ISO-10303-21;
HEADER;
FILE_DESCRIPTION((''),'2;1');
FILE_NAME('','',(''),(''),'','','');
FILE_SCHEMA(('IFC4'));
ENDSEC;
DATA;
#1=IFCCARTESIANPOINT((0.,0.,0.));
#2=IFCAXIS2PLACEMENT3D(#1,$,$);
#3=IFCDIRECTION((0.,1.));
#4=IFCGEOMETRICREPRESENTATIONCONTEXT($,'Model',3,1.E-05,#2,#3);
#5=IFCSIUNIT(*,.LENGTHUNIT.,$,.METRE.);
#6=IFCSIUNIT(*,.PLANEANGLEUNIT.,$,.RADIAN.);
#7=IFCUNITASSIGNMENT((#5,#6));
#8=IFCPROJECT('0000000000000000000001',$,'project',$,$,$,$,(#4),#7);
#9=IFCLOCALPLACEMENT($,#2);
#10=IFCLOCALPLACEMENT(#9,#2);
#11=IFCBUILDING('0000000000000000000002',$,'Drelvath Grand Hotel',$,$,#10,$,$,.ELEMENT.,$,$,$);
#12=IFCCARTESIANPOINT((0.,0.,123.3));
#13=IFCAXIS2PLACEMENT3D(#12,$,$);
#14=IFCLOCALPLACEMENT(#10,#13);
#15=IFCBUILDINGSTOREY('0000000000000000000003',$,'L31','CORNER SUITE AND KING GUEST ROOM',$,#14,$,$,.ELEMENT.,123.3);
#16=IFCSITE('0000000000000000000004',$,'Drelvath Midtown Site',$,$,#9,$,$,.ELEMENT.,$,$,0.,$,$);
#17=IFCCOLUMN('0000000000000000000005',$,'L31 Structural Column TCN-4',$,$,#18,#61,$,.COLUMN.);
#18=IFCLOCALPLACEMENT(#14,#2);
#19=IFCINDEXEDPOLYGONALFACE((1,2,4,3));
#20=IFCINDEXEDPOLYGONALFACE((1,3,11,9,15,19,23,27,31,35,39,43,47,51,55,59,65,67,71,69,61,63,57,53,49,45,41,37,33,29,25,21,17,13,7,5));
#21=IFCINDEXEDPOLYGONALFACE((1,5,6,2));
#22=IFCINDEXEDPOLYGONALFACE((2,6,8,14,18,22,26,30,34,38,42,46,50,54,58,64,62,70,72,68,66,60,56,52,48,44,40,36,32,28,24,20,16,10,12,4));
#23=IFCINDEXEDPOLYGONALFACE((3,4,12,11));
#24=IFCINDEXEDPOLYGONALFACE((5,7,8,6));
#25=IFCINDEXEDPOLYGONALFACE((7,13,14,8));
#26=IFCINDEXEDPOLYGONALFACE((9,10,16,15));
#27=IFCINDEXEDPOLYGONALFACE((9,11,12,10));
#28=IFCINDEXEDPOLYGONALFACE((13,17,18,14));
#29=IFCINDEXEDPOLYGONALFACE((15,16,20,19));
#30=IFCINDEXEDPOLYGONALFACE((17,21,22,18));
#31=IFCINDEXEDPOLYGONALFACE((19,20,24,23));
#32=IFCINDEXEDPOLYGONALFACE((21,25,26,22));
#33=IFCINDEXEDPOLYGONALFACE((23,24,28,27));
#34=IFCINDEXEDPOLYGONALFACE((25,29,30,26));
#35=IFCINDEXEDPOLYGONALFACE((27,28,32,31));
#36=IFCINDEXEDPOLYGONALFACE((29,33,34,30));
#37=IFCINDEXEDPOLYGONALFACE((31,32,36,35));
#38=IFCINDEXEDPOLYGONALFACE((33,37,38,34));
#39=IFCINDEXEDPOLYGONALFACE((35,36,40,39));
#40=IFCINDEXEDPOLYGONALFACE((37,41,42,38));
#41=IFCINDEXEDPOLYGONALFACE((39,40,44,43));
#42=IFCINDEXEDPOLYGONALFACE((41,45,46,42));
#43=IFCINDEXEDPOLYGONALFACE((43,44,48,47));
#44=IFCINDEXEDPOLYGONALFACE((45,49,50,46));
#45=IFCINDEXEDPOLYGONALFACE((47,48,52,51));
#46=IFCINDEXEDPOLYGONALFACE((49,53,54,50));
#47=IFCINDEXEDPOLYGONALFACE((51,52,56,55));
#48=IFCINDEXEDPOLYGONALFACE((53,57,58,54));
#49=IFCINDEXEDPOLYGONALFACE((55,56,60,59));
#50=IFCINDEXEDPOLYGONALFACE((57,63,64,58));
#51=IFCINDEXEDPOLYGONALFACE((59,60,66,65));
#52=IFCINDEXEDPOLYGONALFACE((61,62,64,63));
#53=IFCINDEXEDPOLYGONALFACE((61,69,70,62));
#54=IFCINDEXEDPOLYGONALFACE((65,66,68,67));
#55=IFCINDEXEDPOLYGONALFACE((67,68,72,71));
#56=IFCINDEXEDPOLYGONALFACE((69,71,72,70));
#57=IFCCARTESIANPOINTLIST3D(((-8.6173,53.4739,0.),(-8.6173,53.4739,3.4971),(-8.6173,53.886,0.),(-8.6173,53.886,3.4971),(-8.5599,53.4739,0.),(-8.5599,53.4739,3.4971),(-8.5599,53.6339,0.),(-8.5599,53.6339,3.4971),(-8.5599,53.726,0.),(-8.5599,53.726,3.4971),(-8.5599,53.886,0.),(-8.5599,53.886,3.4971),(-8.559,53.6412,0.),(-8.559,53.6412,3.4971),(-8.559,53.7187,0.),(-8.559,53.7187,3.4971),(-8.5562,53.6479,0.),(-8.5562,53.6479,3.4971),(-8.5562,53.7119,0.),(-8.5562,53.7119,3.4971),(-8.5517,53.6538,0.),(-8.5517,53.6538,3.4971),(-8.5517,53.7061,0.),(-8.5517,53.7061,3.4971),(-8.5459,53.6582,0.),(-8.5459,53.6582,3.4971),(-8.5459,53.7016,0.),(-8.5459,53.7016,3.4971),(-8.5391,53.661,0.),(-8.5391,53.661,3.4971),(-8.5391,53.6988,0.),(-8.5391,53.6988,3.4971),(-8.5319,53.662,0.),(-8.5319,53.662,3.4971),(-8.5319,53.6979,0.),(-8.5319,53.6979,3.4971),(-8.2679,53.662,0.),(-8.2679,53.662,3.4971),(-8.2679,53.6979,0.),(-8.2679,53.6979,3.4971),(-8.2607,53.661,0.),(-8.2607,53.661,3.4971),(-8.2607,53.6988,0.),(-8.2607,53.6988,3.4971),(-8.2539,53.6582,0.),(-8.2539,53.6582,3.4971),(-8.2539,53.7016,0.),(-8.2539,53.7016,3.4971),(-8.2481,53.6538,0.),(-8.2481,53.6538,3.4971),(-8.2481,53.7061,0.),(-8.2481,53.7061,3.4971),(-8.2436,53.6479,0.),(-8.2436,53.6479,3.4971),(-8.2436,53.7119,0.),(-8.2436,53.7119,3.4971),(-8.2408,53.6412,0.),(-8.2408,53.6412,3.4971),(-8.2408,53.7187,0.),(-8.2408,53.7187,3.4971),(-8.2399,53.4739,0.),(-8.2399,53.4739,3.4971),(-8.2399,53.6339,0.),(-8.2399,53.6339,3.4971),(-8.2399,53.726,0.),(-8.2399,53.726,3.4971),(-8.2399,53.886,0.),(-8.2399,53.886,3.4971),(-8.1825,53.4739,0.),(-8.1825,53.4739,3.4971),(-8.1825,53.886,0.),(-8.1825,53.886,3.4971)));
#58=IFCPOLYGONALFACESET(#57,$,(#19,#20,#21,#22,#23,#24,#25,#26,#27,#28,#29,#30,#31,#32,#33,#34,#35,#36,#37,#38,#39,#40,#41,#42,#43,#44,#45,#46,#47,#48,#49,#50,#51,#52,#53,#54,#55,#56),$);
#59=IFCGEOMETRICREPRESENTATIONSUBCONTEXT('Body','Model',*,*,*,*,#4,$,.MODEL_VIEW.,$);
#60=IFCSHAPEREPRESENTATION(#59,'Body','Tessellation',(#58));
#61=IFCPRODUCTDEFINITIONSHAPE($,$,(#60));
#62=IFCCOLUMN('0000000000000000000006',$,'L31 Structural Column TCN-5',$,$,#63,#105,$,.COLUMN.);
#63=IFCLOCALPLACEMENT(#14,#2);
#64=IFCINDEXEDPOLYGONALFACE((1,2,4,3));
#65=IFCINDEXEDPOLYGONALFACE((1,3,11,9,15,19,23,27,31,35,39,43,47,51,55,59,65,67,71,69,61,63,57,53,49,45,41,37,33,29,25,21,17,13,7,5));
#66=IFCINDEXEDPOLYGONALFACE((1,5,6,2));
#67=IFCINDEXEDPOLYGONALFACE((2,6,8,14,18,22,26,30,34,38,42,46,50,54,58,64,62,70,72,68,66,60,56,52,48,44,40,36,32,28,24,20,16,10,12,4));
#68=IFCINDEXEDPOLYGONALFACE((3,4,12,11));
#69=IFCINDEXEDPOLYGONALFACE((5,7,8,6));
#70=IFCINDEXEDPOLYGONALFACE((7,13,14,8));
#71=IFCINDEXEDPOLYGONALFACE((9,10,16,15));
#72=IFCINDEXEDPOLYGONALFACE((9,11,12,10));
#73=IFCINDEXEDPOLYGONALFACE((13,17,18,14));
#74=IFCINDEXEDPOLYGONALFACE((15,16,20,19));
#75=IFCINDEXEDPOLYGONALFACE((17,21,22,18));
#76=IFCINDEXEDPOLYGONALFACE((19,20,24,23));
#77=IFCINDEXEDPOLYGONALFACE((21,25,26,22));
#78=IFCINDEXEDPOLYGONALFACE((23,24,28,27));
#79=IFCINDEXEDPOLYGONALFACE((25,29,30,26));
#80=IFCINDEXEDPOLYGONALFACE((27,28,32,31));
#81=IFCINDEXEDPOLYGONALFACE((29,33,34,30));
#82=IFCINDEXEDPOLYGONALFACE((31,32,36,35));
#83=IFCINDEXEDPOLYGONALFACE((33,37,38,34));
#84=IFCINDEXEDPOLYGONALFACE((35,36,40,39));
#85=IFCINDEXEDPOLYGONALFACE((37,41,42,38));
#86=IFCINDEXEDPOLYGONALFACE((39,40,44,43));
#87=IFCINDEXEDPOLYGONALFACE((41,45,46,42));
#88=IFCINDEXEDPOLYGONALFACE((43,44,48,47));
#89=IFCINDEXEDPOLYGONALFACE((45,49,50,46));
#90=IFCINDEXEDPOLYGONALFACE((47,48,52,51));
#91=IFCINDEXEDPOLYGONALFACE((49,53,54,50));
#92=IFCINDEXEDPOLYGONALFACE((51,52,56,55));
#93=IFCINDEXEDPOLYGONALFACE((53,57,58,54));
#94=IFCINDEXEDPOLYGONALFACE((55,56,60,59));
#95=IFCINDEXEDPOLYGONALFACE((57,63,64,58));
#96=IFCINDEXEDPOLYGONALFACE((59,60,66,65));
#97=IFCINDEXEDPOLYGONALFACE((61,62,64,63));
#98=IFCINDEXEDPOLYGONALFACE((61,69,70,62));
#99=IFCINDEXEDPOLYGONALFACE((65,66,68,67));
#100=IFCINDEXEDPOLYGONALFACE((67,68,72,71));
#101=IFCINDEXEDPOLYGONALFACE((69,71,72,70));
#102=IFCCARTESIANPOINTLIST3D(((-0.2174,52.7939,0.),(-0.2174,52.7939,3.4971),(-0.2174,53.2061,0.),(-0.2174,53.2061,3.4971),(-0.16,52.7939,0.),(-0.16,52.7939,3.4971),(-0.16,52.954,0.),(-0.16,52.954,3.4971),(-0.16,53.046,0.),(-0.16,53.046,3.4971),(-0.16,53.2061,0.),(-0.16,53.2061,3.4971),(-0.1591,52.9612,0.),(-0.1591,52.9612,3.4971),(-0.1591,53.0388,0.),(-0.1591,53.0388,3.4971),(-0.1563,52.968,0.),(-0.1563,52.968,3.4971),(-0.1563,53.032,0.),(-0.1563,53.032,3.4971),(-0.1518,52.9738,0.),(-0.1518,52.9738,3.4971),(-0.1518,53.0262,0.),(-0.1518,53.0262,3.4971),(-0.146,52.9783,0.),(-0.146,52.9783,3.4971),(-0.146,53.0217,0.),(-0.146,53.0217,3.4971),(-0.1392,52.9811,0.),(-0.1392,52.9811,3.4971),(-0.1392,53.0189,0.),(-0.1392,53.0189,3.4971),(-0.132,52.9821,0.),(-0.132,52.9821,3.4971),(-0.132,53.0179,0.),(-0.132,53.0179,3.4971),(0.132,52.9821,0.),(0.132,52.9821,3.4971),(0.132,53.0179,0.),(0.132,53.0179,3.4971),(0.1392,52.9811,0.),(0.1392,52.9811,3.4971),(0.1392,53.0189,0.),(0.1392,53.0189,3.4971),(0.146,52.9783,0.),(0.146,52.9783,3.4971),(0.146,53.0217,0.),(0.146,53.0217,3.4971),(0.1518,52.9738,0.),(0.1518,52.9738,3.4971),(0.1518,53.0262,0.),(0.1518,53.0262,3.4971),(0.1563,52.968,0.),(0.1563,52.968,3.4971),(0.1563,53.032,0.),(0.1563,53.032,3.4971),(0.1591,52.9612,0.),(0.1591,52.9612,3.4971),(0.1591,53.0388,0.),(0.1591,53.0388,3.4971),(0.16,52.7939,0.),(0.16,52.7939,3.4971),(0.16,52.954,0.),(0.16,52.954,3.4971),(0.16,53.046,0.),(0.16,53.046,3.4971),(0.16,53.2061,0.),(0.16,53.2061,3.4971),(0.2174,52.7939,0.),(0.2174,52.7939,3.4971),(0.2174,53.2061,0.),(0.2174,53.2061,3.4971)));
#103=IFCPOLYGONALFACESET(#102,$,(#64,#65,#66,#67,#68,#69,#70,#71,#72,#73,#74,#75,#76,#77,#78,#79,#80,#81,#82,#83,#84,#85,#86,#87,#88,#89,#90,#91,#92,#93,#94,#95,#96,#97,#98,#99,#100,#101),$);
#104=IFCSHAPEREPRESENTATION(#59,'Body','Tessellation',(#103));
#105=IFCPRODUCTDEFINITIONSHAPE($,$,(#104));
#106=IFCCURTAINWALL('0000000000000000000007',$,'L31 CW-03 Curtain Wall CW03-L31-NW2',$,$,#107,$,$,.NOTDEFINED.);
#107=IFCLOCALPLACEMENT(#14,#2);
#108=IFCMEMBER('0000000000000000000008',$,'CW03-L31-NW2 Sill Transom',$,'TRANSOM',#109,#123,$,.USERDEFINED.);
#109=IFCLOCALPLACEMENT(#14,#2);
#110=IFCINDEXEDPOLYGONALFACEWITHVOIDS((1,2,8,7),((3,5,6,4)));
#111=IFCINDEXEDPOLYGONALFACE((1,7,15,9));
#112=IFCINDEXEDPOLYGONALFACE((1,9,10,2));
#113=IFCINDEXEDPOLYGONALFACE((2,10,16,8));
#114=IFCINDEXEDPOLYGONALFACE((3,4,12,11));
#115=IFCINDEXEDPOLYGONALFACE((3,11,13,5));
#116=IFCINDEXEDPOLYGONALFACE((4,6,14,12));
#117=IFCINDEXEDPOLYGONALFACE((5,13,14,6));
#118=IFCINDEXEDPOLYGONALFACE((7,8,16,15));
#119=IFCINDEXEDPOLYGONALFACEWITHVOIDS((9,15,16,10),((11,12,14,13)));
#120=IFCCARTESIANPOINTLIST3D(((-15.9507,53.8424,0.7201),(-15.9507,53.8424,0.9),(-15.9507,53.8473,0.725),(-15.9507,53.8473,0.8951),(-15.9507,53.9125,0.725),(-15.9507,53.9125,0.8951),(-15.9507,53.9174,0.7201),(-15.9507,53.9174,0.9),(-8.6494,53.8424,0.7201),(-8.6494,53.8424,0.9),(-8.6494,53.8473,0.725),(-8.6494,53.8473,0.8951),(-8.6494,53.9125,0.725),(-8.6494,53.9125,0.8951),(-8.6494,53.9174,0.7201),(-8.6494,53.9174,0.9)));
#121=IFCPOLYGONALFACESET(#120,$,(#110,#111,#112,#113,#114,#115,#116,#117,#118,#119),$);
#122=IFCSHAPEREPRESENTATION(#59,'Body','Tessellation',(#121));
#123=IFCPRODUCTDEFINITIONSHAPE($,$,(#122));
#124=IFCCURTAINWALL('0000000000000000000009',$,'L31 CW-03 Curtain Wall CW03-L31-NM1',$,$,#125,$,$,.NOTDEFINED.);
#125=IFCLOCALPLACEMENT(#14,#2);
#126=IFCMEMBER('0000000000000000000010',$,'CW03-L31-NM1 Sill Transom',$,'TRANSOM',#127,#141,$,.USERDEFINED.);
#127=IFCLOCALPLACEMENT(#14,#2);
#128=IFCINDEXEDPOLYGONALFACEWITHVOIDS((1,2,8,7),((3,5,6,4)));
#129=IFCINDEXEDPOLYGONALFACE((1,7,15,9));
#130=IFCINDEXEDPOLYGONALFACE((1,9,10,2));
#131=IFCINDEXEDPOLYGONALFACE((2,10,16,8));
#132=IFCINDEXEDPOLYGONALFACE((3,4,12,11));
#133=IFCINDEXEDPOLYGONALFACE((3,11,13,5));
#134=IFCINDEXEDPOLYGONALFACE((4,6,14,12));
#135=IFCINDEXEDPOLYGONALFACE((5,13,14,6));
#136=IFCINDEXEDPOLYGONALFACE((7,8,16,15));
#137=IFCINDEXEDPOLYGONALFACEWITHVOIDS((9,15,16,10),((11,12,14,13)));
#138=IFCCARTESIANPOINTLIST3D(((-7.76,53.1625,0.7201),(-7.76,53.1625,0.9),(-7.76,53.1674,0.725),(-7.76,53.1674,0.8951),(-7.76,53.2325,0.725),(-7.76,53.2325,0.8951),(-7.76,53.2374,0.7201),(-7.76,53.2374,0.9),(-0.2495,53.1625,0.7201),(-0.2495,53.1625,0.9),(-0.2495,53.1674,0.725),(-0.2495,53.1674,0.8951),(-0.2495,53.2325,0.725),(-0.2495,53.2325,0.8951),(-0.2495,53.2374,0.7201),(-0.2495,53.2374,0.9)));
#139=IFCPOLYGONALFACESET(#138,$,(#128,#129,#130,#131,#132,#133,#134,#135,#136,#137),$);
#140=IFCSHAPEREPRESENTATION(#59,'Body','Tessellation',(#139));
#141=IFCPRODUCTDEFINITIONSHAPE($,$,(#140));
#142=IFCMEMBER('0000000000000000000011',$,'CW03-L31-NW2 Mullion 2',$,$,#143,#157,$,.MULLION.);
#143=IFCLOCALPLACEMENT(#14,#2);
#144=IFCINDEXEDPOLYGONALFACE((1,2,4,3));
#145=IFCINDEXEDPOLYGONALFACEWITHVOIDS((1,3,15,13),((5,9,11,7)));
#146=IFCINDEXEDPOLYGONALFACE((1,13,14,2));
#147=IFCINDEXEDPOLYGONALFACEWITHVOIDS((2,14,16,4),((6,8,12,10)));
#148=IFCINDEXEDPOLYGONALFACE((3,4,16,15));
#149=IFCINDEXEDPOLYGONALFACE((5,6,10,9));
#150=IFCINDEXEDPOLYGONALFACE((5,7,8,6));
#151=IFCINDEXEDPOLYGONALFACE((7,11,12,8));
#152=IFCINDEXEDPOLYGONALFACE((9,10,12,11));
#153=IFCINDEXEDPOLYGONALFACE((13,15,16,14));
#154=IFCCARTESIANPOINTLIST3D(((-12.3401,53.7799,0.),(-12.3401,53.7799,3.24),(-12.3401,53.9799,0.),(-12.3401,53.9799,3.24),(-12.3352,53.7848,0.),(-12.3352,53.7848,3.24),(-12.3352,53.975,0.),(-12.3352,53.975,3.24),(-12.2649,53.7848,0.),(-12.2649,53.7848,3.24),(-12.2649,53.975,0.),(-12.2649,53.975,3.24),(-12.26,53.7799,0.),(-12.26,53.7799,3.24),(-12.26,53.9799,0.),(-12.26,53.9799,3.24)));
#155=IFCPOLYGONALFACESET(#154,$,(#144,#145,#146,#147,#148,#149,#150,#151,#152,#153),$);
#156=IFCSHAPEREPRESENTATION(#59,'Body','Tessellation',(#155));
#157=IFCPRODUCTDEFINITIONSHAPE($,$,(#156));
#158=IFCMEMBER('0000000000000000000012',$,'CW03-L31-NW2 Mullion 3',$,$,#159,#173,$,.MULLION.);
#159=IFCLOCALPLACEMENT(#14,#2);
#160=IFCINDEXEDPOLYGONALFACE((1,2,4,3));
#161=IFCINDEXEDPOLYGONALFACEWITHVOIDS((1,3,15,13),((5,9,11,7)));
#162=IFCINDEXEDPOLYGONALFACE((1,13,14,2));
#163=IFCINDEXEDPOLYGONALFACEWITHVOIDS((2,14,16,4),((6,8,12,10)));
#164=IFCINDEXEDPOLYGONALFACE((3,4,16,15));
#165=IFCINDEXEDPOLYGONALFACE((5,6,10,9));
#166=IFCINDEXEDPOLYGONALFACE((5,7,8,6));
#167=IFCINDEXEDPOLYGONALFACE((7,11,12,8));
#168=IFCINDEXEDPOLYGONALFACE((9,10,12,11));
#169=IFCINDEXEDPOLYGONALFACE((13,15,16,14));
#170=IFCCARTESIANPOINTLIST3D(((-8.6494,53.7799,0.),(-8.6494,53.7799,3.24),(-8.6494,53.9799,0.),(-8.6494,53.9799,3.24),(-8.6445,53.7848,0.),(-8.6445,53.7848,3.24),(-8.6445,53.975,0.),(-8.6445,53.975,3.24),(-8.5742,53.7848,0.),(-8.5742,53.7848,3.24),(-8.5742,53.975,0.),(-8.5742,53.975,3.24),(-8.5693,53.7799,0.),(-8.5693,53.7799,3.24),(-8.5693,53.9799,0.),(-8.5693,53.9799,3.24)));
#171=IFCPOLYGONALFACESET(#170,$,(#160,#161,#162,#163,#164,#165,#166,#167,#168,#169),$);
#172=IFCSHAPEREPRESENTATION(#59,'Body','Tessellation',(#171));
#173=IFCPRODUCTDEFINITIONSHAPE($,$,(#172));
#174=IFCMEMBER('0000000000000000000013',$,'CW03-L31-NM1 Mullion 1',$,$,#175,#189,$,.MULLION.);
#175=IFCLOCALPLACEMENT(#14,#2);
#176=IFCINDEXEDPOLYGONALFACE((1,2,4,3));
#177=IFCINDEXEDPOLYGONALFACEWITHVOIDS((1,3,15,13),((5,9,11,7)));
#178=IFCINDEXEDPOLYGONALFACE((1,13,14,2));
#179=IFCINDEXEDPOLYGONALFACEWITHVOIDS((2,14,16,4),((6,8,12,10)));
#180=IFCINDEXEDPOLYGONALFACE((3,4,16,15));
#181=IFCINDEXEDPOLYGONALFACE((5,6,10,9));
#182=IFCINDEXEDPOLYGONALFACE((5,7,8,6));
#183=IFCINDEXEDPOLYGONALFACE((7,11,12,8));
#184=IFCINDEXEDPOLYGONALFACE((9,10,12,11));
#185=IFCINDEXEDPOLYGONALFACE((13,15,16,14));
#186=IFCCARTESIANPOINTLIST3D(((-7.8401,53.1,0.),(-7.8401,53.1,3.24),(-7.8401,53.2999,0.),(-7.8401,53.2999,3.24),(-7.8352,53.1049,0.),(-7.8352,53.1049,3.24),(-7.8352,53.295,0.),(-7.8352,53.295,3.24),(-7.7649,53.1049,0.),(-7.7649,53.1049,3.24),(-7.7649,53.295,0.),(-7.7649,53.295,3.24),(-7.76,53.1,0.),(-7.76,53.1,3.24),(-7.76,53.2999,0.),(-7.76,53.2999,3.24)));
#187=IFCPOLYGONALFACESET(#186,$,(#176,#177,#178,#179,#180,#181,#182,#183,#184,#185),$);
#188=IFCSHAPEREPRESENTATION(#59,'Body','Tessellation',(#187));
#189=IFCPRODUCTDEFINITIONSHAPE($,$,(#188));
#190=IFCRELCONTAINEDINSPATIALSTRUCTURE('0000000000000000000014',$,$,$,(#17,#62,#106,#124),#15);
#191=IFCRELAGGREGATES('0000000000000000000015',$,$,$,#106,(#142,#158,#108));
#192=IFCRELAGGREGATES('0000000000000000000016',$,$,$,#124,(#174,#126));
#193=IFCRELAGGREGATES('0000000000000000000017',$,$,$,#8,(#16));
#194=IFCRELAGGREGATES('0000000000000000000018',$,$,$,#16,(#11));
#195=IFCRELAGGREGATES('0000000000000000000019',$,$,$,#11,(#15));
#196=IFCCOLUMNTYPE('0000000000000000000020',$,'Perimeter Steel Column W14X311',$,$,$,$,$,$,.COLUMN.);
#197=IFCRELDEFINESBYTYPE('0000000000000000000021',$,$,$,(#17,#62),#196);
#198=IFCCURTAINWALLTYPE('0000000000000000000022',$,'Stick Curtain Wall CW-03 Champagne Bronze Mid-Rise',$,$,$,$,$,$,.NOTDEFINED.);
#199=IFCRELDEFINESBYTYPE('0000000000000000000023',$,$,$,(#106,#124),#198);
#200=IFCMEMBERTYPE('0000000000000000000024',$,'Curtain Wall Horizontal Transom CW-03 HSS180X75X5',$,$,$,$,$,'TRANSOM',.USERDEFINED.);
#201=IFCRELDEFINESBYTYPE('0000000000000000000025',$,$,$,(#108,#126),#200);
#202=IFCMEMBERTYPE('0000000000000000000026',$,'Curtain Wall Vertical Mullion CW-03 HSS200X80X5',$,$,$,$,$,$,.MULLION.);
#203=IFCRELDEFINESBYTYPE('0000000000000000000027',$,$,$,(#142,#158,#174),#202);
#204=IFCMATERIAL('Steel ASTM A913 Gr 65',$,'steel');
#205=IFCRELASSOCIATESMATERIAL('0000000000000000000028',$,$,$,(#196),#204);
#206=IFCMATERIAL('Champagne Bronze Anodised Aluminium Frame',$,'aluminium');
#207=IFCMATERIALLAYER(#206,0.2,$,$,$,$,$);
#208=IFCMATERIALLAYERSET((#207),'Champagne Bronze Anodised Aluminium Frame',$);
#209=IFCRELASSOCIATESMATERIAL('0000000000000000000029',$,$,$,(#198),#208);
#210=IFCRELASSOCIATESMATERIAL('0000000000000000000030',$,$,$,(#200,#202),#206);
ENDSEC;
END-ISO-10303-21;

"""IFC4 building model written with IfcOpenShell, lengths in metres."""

from ifc_helpers import new_model, si_unit, direction, frame, origin, origin_2d, place, context, subcontext, project, spatial, hollow_rectangle, i_section, extrude, material, layer, layer_set, material_profile, profile_set, type_object, element, aggregate, save


model = new_model("IFC4")

# Units and contexts
model_context = context("Model", 3, precision=1e-05, world=origin(), true_north=direction((0.0, 1.0)))
body_context = subcontext(model_context, "Body", "Model", "MODEL_VIEW")
ifc_project = project(units=[si_unit("LENGTHUNIT", "METRE"), si_unit("PLANEANGLEUNIT", "RADIAN")], contexts=[model_context])

# Site, building, storey
site_placement = place(None, origin())
site = spatial("IfcSite", under=ifc_project, at=site_placement, Name="Drelvath Midtown Site", CompositionType="ELEMENT", RefElevation=0.0)
building_placement = place(site_placement, origin())
building = spatial("IfcBuilding", under=site, at=building_placement, Name="Drelvath Grand Hotel", CompositionType="ELEMENT")
storey_placement = place(building_placement, frame((0.0, 0.0, 123.3)))
storey = spatial("IfcBuildingStorey", under=building, at=storey_placement, Name="L31", Description="CORNER SUITE AND KING GUEST ROOM", CompositionType="ELEMENT", Elevation=123.3)

# Columns
ifc_material_1 = material(Name="Steel ASTM A913 Gr 65", Category="steel")
ifc_material_profile_1 = material_profile(ifc_material_1, i_section(OverallWidth=0.4121, OverallDepth=0.4348, WebThickness=0.0359, FlangeThickness=0.0574, FilletRadius=0.0281, at=origin_2d()), Name="W14X311")
ifc_profile_set_1 = profile_set([ifc_material_profile_1], Name="Steel ASTM A913 Gr 65")
column_type = type_object("IfcColumnType", Name="Perimeter Steel Column W14X311", PredefinedType="COLUMN", material=ifc_profile_set_1)
for number, where, z_axis, x_axis, name in (
    (1, (-8.3999, 53.6799, 0.0), (0.0, 0.0, 1.0), (0.0, 1.0, 0.0), "L31 Structural Column TCN-4"),
    (2, (0.0, 53.0, 0.0), (0.0, 0.0, 1.0), (0.0, 1.0, 0.0), "L31 Structural Column TCN-5"),
):
    element("IfcColumn", number, at=place(storey_placement, frame(where, z_axis=z_axis, x_axis=x_axis)), inside=storey, type_object=column_type, Name=name, PredefinedType="COLUMN", context=body_context, shape_type="SweptSolid", body=[
        extrude(i_section(OverallWidth=0.4121, OverallDepth=0.4348, WebThickness=0.0359, FlangeThickness=0.0574, FilletRadius=0.0281, at=origin_2d()), origin(), (0.0, 0.0, 1.0), 3.4971),
    ])

# Curtain walls, members
ifc_material_2 = material(Name="Champagne Bronze Anodised Aluminium Frame", Category="aluminium")
ifc_layer_1 = layer(ifc_material_2, 0.2)
ifc_layer_set_1 = layer_set([ifc_layer_1], Name="Champagne Bronze Anodised Aluminium Frame")
curtain_wall_type = type_object("IfcCurtainWallType", Name="Stick Curtain Wall CW-03 Champagne Bronze Mid-Rise", PredefinedType="NOTDEFINED", material=ifc_layer_set_1)
curtain_wall_1_placement = place(storey_placement, origin())
curtain_wall_1 = element("IfcCurtainWall", 3, at=curtain_wall_1_placement, inside=storey, type_object=curtain_wall_type, Name="L31 CW-03 Curtain Wall CW03-L31-NW2", PredefinedType="NOTDEFINED")
ifc_material_profile_2 = material_profile(ifc_material_2, hollow_rectangle(XDim=0.075, YDim=0.1799, WallThickness=0.0049, at=origin_2d()), Name="HSS180X75X5")
ifc_profile_set_2 = profile_set([ifc_material_profile_2], Name="Champagne Bronze Anodised Aluminium Frame")
member_type_1 = type_object("IfcMemberType", Name="Curtain Wall Horizontal Transom CW-03 HSS180X75X5", ElementType="TRANSOM", PredefinedType="USERDEFINED", material=ifc_profile_set_2)
member_1_placement = place(storey_placement, frame((-15.9507, 53.8799, 0.8101), z_axis=(1.0, 0.0, 0.0), x_axis=(0.0, 1.0, 0.0)))
member_1 = element("IfcMember", 4, at=member_1_placement, type_object=member_type_1, Name="CW03-L31-NW2 Sill Transom", ObjectType="TRANSOM", PredefinedType="USERDEFINED", context=body_context, shape_type="SweptSolid", body=[
    extrude(hollow_rectangle(XDim=0.075, YDim=0.1799, WallThickness=0.0049, at=origin_2d()), origin(), (0.0, 0.0, 1.0), 7.3013),
])
curtain_wall_2_placement = place(storey_placement, origin())
curtain_wall_2 = element("IfcCurtainWall", 5, at=curtain_wall_2_placement, inside=storey, type_object=curtain_wall_type, Name="L31 CW-03 Curtain Wall CW03-L31-NM1", PredefinedType="NOTDEFINED")
member_2_placement = place(storey_placement, frame((-7.76, 53.2, 0.8101), z_axis=(1.0, 0.0, 0.0), x_axis=(0.0, 1.0, 0.0)))
member_2 = element("IfcMember", 6, at=member_2_placement, type_object=member_type_1, Name="CW03-L31-NM1 Sill Transom", ObjectType="TRANSOM", PredefinedType="USERDEFINED", context=body_context, shape_type="SweptSolid", body=[
    extrude(hollow_rectangle(XDim=0.075, YDim=0.1799, WallThickness=0.0049, at=origin_2d()), origin(), (0.0, 0.0, 1.0), 7.5105),
])

# Members
ifc_material_profile_3 = material_profile(ifc_material_2, hollow_rectangle(XDim=0.0801, YDim=0.2, WallThickness=0.0049, at=origin_2d()), Name="HSS200X80X5")
ifc_profile_set_3 = profile_set([ifc_material_profile_3], Name="Champagne Bronze Anodised Aluminium Frame")
member_type_2 = type_object("IfcMemberType", Name="Curtain Wall Vertical Mullion CW-03 HSS200X80X5", PredefinedType="MULLION", material=ifc_profile_set_3)
member_3_placement = place(storey_placement, frame((-12.3, 53.8799, 0.0), z_axis=(0.0, 0.0, 1.0), x_axis=(1.0, 0.0, 0.0)))
member_3 = element("IfcMember", 7, at=member_3_placement, type_object=member_type_2, Name="CW03-L31-NW2 Mullion 2", PredefinedType="MULLION", context=body_context, shape_type="SweptSolid", body=[
    extrude(hollow_rectangle(XDim=0.0801, YDim=0.2, WallThickness=0.0049, at=origin_2d()), origin(), (0.0, 0.0, 1.0), 3.24),
])
member_4_placement = place(storey_placement, frame((-8.6094, 53.8799, 0.0), z_axis=(0.0, 0.0, 1.0), x_axis=(1.0, 0.0, 0.0)))
member_4 = element("IfcMember", 8, at=member_4_placement, type_object=member_type_2, Name="CW03-L31-NW2 Mullion 3", PredefinedType="MULLION", context=body_context, shape_type="SweptSolid", body=[
    extrude(hollow_rectangle(XDim=0.0801, YDim=0.2, WallThickness=0.0049, at=origin_2d()), origin(), (0.0, 0.0, 1.0), 3.24),
])
member_5_placement = place(storey_placement, frame((-7.8, 53.2, 0.0), z_axis=(0.0, 0.0, 1.0), x_axis=(1.0, 0.0, 0.0)))
member_5 = element("IfcMember", 9, at=member_5_placement, type_object=member_type_2, Name="CW03-L31-NM1 Mullion 1", PredefinedType="MULLION", context=body_context, shape_type="SweptSolid", body=[
    extrude(hollow_rectangle(XDim=0.0801, YDim=0.2, WallThickness=0.0049, at=origin_2d()), origin(), (0.0, 0.0, 1.0), 3.24),
])

aggregate(curtain_wall_1, [member_3, member_4, member_1])
aggregate(curtain_wall_2, [member_5, member_2])

save(model, "model.ifc")
